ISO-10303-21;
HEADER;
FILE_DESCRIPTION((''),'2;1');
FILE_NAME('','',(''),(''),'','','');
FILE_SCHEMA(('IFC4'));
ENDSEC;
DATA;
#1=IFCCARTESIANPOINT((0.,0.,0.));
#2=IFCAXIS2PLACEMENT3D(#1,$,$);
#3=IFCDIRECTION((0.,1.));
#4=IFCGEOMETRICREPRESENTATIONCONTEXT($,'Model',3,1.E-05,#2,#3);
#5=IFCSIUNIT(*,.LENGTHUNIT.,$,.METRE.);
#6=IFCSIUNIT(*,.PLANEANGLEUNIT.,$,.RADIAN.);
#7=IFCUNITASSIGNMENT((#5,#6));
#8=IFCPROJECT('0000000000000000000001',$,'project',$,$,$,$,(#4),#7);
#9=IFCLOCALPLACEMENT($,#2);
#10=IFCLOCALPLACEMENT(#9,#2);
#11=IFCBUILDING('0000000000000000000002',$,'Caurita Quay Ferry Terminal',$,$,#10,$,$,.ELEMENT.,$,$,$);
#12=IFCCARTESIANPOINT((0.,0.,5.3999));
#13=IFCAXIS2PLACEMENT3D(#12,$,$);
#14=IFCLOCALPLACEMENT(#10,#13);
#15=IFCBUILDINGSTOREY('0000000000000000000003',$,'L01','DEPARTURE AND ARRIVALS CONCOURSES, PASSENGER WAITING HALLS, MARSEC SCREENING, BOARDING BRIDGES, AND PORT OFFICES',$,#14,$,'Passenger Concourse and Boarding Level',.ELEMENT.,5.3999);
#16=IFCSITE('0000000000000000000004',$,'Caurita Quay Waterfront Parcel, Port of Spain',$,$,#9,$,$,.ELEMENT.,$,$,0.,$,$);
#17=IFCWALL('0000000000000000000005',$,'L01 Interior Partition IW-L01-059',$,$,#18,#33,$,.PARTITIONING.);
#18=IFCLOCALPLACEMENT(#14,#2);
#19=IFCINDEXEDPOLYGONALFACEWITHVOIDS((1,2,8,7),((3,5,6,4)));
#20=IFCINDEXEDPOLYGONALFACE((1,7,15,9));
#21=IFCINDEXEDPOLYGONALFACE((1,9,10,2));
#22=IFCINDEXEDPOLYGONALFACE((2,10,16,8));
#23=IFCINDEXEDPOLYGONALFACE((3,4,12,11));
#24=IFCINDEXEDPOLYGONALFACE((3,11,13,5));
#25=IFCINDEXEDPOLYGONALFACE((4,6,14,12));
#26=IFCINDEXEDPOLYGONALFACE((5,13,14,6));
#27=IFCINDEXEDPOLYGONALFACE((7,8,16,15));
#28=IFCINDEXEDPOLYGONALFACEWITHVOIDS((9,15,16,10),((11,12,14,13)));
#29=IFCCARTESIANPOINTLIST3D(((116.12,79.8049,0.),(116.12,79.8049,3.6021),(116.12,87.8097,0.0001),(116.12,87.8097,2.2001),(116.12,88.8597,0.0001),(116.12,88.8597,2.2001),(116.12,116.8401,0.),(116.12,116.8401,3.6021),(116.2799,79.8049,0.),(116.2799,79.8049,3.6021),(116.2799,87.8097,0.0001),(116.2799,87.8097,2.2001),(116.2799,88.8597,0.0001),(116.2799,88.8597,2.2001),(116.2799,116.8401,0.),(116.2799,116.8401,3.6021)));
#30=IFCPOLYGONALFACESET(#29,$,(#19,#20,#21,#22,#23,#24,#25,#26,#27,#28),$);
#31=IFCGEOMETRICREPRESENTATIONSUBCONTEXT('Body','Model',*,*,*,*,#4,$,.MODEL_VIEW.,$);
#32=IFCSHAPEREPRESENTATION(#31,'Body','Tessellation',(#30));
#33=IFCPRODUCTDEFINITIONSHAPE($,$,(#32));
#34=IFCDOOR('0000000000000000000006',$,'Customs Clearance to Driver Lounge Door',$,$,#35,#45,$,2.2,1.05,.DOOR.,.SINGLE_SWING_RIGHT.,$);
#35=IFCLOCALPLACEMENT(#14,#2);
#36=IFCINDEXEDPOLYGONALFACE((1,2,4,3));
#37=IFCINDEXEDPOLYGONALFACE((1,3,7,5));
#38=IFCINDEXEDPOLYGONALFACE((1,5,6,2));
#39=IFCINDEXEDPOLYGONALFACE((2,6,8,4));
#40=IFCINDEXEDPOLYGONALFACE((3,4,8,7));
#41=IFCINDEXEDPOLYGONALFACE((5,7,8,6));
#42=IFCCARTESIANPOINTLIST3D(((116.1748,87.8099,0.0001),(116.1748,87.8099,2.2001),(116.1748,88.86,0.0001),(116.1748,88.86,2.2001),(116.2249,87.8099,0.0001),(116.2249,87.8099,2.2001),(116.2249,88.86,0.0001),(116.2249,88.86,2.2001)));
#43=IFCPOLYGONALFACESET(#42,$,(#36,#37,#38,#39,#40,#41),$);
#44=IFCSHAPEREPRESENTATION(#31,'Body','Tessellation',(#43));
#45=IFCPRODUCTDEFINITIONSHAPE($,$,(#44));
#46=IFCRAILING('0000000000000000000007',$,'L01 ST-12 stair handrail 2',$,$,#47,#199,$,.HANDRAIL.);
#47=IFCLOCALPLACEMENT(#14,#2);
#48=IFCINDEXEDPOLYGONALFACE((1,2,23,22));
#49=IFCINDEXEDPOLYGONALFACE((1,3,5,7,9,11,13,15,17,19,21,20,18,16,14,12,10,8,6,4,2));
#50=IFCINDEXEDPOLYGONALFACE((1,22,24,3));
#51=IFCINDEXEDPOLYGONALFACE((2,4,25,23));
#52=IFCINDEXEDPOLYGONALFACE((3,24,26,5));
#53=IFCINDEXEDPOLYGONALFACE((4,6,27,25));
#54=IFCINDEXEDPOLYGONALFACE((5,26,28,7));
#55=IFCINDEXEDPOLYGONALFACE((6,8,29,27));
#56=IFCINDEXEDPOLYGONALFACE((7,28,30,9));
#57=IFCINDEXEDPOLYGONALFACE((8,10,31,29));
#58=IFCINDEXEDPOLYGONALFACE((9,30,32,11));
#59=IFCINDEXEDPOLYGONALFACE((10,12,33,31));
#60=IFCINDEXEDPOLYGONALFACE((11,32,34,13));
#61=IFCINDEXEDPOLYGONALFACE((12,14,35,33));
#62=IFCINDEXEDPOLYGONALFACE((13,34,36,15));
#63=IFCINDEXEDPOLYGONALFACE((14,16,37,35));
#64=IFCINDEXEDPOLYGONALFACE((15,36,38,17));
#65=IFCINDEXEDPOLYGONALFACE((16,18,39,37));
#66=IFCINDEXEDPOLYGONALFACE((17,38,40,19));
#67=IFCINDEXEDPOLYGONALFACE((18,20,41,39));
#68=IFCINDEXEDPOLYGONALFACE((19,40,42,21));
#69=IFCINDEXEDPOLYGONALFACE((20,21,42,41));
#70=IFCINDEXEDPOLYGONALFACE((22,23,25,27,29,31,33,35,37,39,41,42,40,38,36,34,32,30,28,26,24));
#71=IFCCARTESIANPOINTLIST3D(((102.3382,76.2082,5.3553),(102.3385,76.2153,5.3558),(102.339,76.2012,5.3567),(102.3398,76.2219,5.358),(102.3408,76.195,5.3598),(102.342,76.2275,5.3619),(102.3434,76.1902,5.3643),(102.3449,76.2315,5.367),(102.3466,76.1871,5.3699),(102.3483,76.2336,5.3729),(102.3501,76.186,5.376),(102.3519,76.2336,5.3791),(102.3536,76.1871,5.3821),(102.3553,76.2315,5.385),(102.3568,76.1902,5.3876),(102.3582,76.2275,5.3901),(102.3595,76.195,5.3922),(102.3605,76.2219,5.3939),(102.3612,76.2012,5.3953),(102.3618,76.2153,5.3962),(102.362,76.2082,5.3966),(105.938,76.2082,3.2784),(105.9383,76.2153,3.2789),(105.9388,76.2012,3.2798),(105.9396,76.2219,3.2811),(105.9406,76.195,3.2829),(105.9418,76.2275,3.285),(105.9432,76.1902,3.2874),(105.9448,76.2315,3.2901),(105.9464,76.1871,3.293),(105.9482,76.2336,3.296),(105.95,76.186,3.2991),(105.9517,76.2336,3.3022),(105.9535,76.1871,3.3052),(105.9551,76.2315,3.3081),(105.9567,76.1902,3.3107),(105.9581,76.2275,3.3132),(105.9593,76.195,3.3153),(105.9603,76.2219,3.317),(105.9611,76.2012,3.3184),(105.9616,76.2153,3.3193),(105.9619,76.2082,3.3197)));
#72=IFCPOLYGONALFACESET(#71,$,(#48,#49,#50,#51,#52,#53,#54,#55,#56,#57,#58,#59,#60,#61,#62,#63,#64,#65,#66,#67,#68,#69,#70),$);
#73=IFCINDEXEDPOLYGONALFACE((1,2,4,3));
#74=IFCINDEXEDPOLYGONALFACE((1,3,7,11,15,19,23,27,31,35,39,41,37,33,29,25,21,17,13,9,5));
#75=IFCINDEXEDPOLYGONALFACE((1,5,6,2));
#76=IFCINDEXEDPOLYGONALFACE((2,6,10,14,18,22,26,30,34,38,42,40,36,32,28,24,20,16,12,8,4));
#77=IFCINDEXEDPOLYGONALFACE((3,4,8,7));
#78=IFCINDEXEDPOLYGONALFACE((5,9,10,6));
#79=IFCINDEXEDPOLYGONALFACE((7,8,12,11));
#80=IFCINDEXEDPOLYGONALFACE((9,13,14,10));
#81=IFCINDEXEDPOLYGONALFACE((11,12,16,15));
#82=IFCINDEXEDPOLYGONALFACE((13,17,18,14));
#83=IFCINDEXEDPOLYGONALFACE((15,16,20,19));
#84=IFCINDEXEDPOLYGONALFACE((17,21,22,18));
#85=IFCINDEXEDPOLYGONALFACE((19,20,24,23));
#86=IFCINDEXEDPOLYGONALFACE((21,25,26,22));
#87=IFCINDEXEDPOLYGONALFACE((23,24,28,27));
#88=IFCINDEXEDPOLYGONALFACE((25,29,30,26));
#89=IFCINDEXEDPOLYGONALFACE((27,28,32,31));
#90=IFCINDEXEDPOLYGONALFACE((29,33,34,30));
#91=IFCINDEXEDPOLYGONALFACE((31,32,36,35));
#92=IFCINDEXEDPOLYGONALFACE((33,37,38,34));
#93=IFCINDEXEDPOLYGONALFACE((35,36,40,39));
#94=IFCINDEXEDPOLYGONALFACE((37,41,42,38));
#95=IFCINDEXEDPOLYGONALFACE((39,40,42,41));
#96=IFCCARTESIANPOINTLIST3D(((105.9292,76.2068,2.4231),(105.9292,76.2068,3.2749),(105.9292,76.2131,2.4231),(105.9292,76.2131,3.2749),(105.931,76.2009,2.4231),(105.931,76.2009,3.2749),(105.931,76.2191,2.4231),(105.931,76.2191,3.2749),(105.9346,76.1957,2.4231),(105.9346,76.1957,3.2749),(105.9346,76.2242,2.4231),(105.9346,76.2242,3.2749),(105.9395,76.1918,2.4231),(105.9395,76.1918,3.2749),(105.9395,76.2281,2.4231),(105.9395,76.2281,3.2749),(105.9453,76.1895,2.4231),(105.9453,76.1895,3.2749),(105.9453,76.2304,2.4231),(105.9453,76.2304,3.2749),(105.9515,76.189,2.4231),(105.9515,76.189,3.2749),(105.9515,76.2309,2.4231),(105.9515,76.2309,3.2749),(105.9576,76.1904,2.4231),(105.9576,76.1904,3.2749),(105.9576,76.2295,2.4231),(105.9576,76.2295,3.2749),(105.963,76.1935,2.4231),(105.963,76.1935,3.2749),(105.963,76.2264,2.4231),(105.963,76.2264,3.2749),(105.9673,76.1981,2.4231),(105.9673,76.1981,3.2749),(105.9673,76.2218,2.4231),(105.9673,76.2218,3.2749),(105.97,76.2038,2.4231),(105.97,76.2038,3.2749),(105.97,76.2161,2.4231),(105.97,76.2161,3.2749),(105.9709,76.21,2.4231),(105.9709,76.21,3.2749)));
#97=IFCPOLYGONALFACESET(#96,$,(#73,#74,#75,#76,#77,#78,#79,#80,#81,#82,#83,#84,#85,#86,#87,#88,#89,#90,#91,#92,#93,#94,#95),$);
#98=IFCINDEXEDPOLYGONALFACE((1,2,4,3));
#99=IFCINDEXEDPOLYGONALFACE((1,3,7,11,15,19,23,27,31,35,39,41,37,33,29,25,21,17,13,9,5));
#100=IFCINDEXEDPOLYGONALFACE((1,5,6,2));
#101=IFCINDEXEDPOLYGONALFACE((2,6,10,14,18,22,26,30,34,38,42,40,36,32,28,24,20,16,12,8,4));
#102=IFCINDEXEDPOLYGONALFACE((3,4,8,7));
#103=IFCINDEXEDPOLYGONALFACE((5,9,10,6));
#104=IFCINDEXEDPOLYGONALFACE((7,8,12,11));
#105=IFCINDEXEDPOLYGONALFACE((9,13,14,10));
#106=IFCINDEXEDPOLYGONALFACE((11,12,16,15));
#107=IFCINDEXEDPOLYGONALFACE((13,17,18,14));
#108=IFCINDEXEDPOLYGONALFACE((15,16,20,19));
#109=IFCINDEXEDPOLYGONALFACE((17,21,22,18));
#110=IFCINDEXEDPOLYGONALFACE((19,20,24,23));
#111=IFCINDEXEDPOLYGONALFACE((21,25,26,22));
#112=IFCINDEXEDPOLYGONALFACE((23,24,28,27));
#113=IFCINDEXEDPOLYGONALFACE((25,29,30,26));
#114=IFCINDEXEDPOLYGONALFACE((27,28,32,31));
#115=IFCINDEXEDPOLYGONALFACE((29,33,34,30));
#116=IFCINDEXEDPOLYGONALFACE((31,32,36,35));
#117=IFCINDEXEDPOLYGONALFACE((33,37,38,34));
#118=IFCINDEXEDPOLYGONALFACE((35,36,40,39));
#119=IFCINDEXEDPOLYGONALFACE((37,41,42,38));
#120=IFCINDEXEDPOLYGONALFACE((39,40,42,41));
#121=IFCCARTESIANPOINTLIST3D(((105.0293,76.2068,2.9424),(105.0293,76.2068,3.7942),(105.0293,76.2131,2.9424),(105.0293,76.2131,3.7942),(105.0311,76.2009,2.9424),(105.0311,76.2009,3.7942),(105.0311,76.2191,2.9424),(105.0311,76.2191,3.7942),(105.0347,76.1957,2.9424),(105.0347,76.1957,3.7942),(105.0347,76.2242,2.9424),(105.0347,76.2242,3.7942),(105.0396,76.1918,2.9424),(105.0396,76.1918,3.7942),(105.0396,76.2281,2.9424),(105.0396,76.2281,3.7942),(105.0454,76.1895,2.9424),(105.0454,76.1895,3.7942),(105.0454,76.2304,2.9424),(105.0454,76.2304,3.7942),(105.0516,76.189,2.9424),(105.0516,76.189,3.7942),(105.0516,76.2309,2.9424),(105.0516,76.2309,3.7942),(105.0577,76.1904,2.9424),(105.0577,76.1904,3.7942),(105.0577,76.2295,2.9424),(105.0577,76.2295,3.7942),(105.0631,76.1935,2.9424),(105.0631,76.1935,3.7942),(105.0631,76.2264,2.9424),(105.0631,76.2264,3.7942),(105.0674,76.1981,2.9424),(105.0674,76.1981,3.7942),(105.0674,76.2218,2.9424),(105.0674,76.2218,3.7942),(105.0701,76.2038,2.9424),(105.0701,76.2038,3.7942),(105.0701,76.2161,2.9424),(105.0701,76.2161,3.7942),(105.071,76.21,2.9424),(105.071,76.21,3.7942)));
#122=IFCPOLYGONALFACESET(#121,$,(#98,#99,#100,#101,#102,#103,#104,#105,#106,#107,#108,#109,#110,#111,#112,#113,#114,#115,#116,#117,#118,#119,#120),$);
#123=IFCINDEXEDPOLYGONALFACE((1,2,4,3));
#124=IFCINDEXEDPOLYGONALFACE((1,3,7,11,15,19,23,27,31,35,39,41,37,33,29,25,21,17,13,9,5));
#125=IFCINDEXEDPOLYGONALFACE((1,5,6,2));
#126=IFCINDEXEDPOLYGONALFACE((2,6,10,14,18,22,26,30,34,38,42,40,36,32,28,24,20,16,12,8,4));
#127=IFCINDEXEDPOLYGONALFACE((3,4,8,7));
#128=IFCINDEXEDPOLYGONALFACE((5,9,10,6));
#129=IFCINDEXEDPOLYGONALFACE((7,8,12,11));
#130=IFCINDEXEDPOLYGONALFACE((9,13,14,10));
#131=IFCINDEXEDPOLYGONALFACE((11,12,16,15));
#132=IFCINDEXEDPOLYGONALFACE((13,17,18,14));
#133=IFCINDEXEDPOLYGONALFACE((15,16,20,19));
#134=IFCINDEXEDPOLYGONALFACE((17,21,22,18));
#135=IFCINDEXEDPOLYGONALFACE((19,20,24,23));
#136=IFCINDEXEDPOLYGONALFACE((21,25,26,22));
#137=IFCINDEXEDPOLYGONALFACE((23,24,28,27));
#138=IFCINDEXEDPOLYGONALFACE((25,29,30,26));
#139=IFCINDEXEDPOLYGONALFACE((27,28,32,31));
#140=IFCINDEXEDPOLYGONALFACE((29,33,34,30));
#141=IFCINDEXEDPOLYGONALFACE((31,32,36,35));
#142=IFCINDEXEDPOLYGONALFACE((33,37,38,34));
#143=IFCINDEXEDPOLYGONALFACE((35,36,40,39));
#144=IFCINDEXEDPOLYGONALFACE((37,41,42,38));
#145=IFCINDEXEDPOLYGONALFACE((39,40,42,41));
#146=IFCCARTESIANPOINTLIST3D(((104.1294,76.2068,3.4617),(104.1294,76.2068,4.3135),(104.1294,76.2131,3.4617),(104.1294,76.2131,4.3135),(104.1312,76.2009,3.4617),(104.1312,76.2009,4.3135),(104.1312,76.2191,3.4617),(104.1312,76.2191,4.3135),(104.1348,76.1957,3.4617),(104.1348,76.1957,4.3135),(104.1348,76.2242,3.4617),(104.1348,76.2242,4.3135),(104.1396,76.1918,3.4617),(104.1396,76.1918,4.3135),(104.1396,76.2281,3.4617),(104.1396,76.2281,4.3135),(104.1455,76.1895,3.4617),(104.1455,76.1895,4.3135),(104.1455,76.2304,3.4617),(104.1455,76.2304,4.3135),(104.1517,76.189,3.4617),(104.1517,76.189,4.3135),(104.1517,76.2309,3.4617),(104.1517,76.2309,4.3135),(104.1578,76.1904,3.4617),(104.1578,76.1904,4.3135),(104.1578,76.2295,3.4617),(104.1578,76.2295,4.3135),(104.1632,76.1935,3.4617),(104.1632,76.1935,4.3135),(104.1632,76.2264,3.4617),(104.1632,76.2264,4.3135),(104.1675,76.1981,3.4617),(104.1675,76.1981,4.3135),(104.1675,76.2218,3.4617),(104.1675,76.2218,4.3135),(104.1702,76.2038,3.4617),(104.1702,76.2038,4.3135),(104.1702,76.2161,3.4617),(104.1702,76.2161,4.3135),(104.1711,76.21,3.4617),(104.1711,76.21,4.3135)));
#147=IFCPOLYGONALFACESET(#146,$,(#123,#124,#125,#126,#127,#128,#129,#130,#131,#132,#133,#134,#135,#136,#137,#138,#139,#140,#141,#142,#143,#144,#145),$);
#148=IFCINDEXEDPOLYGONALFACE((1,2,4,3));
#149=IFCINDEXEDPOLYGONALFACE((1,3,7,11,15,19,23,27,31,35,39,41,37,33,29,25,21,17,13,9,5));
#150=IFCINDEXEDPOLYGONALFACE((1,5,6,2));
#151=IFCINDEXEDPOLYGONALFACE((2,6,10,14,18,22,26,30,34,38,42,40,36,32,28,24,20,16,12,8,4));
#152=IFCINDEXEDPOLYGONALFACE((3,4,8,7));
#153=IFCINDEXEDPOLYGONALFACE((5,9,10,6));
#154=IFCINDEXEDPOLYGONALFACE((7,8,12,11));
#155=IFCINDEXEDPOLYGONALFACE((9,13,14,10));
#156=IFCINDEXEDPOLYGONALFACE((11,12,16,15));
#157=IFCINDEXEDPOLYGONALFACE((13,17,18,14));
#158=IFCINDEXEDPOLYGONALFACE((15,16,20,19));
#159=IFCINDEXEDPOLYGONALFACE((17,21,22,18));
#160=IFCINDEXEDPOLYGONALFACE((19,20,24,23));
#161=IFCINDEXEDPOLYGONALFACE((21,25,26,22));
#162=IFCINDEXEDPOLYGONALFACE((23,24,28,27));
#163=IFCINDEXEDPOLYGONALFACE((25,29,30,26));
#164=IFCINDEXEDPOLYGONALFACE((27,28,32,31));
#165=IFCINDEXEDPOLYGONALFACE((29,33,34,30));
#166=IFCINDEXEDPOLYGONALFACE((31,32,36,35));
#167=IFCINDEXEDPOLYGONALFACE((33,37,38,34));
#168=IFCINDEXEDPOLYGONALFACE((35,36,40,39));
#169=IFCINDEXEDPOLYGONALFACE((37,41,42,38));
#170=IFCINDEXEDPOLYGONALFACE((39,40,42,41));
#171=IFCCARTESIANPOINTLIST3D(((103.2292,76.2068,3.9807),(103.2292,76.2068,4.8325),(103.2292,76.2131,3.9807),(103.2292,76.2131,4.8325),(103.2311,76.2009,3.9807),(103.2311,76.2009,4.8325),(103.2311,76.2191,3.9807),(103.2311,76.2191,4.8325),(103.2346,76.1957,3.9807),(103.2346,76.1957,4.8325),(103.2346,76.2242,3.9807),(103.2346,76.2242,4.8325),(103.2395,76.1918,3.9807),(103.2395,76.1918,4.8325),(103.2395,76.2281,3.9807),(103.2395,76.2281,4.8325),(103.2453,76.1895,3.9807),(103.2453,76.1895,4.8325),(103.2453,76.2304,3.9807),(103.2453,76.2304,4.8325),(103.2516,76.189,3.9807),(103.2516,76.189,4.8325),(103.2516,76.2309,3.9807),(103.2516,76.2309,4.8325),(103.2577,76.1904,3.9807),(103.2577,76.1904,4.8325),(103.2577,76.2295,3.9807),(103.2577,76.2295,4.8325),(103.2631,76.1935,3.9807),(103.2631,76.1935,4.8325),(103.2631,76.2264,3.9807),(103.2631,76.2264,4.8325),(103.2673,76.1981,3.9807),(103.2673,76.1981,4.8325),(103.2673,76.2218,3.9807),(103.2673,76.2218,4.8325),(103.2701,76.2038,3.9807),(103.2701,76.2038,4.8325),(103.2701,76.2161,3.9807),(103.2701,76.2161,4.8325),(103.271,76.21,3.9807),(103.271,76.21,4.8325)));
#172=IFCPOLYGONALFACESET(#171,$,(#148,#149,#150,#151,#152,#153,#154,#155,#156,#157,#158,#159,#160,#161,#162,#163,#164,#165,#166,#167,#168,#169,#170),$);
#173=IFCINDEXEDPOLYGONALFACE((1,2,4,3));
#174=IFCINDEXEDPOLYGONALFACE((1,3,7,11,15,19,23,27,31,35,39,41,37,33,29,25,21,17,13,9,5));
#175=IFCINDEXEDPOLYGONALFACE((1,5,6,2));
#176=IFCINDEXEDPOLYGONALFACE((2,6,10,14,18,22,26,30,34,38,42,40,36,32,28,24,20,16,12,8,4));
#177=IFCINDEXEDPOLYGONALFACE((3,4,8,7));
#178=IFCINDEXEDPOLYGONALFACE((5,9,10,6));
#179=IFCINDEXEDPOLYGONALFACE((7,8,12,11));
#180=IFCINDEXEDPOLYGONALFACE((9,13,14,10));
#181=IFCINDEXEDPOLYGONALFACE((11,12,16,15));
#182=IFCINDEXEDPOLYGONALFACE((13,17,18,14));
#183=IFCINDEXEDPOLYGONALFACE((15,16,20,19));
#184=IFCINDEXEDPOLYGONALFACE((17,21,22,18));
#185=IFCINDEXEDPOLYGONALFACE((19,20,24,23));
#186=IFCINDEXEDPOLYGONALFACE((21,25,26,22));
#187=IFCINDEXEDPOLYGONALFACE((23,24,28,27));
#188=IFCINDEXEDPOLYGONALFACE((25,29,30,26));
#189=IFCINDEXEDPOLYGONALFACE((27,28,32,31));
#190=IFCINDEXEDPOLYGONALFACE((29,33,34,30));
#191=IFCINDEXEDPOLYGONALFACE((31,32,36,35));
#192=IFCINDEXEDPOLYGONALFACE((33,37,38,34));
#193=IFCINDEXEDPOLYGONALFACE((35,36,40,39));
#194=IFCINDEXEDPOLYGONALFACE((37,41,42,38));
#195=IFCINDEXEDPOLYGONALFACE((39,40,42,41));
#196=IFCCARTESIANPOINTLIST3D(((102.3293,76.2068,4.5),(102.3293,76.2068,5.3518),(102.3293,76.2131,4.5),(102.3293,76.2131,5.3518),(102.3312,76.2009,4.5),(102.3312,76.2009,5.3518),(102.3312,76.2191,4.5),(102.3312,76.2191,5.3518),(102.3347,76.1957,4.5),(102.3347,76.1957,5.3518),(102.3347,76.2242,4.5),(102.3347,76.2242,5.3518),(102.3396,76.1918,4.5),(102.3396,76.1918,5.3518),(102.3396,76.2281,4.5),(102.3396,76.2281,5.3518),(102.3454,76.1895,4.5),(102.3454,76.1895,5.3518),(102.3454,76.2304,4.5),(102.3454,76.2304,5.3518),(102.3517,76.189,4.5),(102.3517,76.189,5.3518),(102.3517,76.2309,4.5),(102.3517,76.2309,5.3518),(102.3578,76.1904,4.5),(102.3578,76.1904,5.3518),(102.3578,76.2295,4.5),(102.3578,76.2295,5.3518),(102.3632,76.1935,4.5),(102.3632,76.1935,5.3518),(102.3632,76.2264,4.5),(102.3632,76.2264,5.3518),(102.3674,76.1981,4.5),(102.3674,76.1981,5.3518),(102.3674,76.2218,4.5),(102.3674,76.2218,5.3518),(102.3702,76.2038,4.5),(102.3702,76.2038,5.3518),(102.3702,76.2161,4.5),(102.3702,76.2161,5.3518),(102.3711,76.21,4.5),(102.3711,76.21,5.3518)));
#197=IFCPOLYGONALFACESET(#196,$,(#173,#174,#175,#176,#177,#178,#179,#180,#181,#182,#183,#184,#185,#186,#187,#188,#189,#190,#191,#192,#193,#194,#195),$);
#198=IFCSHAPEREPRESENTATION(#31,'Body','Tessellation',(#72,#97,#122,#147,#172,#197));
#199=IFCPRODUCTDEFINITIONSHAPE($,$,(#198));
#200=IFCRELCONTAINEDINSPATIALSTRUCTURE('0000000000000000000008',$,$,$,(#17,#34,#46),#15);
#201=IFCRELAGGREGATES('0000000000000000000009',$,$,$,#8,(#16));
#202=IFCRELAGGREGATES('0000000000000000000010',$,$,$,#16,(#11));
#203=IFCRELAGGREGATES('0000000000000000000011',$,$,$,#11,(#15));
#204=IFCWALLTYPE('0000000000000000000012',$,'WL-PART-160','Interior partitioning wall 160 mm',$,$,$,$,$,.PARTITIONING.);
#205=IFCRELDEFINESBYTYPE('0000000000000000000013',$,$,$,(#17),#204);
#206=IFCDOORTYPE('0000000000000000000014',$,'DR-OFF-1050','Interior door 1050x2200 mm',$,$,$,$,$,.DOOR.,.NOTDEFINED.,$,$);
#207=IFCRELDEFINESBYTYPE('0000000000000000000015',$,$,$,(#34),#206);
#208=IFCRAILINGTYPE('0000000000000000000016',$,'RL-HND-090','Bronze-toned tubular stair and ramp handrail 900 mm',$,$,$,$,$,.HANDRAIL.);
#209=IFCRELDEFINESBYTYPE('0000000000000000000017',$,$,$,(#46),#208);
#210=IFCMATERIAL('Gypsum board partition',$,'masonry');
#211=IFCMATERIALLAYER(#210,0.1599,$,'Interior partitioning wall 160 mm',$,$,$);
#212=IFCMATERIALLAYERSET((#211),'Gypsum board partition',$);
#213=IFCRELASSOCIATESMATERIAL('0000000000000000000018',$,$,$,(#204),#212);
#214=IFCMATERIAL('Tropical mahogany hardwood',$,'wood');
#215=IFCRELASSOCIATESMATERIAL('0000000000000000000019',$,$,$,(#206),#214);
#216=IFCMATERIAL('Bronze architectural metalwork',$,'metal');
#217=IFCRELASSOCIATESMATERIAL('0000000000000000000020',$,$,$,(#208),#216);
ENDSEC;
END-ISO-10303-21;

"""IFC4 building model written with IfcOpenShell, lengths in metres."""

from ifc_helpers import new_model, si_unit, direction, frame, frame_2d, origin, origin_2d, place, context, subcontext, project, spatial, rectangle, circle, extrude, material, layer, layer_set, type_object, element, fill, save


model = new_model("IFC4")

# Units and contexts
model_context = context("Model", 3, precision=1e-05, world=origin(), true_north=direction((0.0, 1.0)))
body_context = subcontext(model_context, "Body", "Model", "MODEL_VIEW")
ifc_project = project(units=[si_unit("LENGTHUNIT", "METRE"), si_unit("PLANEANGLEUNIT", "RADIAN")], contexts=[model_context])

# Site, building, storey
site_placement = place(None, origin())
site = spatial("IfcSite", under=ifc_project, at=site_placement, Name="Caurita Quay Waterfront Parcel, Port of Spain", CompositionType="ELEMENT", RefElevation=0.0)
building_placement = place(site_placement, origin())
building = spatial("IfcBuilding", under=site, at=building_placement, Name="Caurita Quay Ferry Terminal", CompositionType="ELEMENT")
storey_placement = place(building_placement, frame((0.0, 0.0, 5.3999)))
storey = spatial("IfcBuildingStorey", under=building, at=storey_placement, Name="L01", Description="DEPARTURE AND ARRIVALS CONCOURSES, PASSENGER WAITING HALLS, MARSEC SCREENING, BOARDING BRIDGES, AND PORT OFFICES", LongName="Passenger Concourse and Boarding Level", CompositionType="ELEMENT", Elevation=5.3999)

# Shared definitions
ifc_material_1 = material(Name="Bronze architectural metalwork", Category="metal")

# Wall, opening, door
ifc_material_2 = material(Name="Gypsum board partition", Category="masonry")
ifc_layer_1 = layer(ifc_material_2, 0.1599, Name="Interior partitioning wall 160 mm")
ifc_layer_set_1 = layer_set([ifc_layer_1], Name="Gypsum board partition")
wall_type_1 = type_object("IfcWallType", Name="WL-PART-160", Description="Interior partitioning wall 160 mm", PredefinedType="PARTITIONING", material=ifc_layer_set_1)
wall_1_placement = place(storey_placement, frame((116.2, 79.8049, 0.0), z_axis=(0.0, 0.0, 1.0), x_axis=(0.0, 1.0, 0.0)))
wall_1 = element("IfcWall", 1, at=wall_1_placement, inside=storey, type_object=wall_type_1, Name="L01 Interior Partition IW-L01-059", PredefinedType="PARTITIONING", context=body_context, shape_type="SweptSolid", body=[
    extrude(rectangle(XDim=37.0352, YDim=0.1599, at=frame_2d((18.5176, 0.0))), origin(), (0.0, 0.0, 1.0), 3.6021),
])
opening_1_placement = place(wall_1_placement, frame((8.0049, 0.0, 0.0)))
opening_1 = element("IfcOpeningElement", 2, at=opening_1_placement, cuts=wall_1, PredefinedType="OPENING", context=body_context, shape_type="SweptSolid", body=[
    extrude(rectangle(XDim=1.05, YDim=2.2, at=frame_2d((0.5249, 1.1001))), frame((0.0, 0.0898, 0.0), z_axis=(0.0, -1.0, 0.0), x_axis=(1.0, 0.0, 0.0)), (0.0, 0.0, 1.0), 0.1799),
])
ifc_material_3 = material(Name="Tropical mahogany hardwood", Category="wood")
door_type_1 = type_object("IfcDoorType", Name="DR-OFF-1050", Description="Interior door 1050x2200 mm", OperationType="NOTDEFINED", PredefinedType="DOOR", material=ifc_material_3)
door_1_placement = place(opening_1_placement, frame((1.05, 0.0, 0.0), z_axis=(0.0, 0.0, 1.0), x_axis=(-1.0, 0.0, 0.0)))
door_1 = element("IfcDoor", 3, at=door_1_placement, inside=storey, type_object=door_type_1, Name="Customs Clearance to Driver Lounge Door", OperationType="SINGLE_SWING_RIGHT", OverallHeight=2.2, OverallWidth=1.05, PredefinedType="DOOR", context=body_context, shape_type="SweptSolid", body=[
    extrude(rectangle(XDim=1.05, YDim=2.2, at=frame_2d((0.5249, 1.1001))), frame((0.0, 0.0249, 0.0), z_axis=(0.0, -1.0, 0.0), x_axis=(1.0, 0.0, 0.0)), (0.0, 0.0, 1.0), 0.05),
])
fill(opening_1, door_1)

# Railing
railing_type_1 = type_object("IfcRailingType", Name="RL-HND-090", Description="Bronze-toned tubular stair and ramp handrail 900 mm", PredefinedType="HANDRAIL", material=ifc_material_1)
railing_1_placement = place(storey_placement, frame((105.95, 76.21, 2.4231)))
element("IfcRailing", 4, at=railing_1_placement, inside=storey, type_object=railing_type_1, Name="L01 ST-12 stair handrail 2", PredefinedType="HANDRAIL", context=body_context, shape_type="SweptSolid", body=[
    extrude(circle(Radius=0.0239, at=origin_2d()), frame((0.0, 0.0, 0.876), z_axis=(-0.866179, 0.0, 0.499734), x_axis=(0.0, -1.0, 0.0)), (0.0, 0.0, 1.0), 4.156),
    extrude(circle(Radius=0.021, at=origin_2d()), origin(), (0.0, 0.0, 1.0), 0.8518),
    extrude(circle(Radius=0.021, at=origin_2d()), frame((-0.8999, 0.0, 0.5193)), (0.0, 0.0, 1.0), 0.8518),
    extrude(circle(Radius=0.021, at=origin_2d()), frame((-1.7998, 0.0, 1.0386)), (0.0, 0.0, 1.0), 0.8518),
    extrude(circle(Radius=0.021, at=origin_2d()), frame((-2.7, 0.0, 1.5576)), (0.0, 0.0, 1.0), 0.8518),
    extrude(circle(Radius=0.021, at=origin_2d()), frame((-3.5999, 0.0, 2.0769)), (0.0, 0.0, 1.0), 0.8518),
])

save(model, "model.ifc")
